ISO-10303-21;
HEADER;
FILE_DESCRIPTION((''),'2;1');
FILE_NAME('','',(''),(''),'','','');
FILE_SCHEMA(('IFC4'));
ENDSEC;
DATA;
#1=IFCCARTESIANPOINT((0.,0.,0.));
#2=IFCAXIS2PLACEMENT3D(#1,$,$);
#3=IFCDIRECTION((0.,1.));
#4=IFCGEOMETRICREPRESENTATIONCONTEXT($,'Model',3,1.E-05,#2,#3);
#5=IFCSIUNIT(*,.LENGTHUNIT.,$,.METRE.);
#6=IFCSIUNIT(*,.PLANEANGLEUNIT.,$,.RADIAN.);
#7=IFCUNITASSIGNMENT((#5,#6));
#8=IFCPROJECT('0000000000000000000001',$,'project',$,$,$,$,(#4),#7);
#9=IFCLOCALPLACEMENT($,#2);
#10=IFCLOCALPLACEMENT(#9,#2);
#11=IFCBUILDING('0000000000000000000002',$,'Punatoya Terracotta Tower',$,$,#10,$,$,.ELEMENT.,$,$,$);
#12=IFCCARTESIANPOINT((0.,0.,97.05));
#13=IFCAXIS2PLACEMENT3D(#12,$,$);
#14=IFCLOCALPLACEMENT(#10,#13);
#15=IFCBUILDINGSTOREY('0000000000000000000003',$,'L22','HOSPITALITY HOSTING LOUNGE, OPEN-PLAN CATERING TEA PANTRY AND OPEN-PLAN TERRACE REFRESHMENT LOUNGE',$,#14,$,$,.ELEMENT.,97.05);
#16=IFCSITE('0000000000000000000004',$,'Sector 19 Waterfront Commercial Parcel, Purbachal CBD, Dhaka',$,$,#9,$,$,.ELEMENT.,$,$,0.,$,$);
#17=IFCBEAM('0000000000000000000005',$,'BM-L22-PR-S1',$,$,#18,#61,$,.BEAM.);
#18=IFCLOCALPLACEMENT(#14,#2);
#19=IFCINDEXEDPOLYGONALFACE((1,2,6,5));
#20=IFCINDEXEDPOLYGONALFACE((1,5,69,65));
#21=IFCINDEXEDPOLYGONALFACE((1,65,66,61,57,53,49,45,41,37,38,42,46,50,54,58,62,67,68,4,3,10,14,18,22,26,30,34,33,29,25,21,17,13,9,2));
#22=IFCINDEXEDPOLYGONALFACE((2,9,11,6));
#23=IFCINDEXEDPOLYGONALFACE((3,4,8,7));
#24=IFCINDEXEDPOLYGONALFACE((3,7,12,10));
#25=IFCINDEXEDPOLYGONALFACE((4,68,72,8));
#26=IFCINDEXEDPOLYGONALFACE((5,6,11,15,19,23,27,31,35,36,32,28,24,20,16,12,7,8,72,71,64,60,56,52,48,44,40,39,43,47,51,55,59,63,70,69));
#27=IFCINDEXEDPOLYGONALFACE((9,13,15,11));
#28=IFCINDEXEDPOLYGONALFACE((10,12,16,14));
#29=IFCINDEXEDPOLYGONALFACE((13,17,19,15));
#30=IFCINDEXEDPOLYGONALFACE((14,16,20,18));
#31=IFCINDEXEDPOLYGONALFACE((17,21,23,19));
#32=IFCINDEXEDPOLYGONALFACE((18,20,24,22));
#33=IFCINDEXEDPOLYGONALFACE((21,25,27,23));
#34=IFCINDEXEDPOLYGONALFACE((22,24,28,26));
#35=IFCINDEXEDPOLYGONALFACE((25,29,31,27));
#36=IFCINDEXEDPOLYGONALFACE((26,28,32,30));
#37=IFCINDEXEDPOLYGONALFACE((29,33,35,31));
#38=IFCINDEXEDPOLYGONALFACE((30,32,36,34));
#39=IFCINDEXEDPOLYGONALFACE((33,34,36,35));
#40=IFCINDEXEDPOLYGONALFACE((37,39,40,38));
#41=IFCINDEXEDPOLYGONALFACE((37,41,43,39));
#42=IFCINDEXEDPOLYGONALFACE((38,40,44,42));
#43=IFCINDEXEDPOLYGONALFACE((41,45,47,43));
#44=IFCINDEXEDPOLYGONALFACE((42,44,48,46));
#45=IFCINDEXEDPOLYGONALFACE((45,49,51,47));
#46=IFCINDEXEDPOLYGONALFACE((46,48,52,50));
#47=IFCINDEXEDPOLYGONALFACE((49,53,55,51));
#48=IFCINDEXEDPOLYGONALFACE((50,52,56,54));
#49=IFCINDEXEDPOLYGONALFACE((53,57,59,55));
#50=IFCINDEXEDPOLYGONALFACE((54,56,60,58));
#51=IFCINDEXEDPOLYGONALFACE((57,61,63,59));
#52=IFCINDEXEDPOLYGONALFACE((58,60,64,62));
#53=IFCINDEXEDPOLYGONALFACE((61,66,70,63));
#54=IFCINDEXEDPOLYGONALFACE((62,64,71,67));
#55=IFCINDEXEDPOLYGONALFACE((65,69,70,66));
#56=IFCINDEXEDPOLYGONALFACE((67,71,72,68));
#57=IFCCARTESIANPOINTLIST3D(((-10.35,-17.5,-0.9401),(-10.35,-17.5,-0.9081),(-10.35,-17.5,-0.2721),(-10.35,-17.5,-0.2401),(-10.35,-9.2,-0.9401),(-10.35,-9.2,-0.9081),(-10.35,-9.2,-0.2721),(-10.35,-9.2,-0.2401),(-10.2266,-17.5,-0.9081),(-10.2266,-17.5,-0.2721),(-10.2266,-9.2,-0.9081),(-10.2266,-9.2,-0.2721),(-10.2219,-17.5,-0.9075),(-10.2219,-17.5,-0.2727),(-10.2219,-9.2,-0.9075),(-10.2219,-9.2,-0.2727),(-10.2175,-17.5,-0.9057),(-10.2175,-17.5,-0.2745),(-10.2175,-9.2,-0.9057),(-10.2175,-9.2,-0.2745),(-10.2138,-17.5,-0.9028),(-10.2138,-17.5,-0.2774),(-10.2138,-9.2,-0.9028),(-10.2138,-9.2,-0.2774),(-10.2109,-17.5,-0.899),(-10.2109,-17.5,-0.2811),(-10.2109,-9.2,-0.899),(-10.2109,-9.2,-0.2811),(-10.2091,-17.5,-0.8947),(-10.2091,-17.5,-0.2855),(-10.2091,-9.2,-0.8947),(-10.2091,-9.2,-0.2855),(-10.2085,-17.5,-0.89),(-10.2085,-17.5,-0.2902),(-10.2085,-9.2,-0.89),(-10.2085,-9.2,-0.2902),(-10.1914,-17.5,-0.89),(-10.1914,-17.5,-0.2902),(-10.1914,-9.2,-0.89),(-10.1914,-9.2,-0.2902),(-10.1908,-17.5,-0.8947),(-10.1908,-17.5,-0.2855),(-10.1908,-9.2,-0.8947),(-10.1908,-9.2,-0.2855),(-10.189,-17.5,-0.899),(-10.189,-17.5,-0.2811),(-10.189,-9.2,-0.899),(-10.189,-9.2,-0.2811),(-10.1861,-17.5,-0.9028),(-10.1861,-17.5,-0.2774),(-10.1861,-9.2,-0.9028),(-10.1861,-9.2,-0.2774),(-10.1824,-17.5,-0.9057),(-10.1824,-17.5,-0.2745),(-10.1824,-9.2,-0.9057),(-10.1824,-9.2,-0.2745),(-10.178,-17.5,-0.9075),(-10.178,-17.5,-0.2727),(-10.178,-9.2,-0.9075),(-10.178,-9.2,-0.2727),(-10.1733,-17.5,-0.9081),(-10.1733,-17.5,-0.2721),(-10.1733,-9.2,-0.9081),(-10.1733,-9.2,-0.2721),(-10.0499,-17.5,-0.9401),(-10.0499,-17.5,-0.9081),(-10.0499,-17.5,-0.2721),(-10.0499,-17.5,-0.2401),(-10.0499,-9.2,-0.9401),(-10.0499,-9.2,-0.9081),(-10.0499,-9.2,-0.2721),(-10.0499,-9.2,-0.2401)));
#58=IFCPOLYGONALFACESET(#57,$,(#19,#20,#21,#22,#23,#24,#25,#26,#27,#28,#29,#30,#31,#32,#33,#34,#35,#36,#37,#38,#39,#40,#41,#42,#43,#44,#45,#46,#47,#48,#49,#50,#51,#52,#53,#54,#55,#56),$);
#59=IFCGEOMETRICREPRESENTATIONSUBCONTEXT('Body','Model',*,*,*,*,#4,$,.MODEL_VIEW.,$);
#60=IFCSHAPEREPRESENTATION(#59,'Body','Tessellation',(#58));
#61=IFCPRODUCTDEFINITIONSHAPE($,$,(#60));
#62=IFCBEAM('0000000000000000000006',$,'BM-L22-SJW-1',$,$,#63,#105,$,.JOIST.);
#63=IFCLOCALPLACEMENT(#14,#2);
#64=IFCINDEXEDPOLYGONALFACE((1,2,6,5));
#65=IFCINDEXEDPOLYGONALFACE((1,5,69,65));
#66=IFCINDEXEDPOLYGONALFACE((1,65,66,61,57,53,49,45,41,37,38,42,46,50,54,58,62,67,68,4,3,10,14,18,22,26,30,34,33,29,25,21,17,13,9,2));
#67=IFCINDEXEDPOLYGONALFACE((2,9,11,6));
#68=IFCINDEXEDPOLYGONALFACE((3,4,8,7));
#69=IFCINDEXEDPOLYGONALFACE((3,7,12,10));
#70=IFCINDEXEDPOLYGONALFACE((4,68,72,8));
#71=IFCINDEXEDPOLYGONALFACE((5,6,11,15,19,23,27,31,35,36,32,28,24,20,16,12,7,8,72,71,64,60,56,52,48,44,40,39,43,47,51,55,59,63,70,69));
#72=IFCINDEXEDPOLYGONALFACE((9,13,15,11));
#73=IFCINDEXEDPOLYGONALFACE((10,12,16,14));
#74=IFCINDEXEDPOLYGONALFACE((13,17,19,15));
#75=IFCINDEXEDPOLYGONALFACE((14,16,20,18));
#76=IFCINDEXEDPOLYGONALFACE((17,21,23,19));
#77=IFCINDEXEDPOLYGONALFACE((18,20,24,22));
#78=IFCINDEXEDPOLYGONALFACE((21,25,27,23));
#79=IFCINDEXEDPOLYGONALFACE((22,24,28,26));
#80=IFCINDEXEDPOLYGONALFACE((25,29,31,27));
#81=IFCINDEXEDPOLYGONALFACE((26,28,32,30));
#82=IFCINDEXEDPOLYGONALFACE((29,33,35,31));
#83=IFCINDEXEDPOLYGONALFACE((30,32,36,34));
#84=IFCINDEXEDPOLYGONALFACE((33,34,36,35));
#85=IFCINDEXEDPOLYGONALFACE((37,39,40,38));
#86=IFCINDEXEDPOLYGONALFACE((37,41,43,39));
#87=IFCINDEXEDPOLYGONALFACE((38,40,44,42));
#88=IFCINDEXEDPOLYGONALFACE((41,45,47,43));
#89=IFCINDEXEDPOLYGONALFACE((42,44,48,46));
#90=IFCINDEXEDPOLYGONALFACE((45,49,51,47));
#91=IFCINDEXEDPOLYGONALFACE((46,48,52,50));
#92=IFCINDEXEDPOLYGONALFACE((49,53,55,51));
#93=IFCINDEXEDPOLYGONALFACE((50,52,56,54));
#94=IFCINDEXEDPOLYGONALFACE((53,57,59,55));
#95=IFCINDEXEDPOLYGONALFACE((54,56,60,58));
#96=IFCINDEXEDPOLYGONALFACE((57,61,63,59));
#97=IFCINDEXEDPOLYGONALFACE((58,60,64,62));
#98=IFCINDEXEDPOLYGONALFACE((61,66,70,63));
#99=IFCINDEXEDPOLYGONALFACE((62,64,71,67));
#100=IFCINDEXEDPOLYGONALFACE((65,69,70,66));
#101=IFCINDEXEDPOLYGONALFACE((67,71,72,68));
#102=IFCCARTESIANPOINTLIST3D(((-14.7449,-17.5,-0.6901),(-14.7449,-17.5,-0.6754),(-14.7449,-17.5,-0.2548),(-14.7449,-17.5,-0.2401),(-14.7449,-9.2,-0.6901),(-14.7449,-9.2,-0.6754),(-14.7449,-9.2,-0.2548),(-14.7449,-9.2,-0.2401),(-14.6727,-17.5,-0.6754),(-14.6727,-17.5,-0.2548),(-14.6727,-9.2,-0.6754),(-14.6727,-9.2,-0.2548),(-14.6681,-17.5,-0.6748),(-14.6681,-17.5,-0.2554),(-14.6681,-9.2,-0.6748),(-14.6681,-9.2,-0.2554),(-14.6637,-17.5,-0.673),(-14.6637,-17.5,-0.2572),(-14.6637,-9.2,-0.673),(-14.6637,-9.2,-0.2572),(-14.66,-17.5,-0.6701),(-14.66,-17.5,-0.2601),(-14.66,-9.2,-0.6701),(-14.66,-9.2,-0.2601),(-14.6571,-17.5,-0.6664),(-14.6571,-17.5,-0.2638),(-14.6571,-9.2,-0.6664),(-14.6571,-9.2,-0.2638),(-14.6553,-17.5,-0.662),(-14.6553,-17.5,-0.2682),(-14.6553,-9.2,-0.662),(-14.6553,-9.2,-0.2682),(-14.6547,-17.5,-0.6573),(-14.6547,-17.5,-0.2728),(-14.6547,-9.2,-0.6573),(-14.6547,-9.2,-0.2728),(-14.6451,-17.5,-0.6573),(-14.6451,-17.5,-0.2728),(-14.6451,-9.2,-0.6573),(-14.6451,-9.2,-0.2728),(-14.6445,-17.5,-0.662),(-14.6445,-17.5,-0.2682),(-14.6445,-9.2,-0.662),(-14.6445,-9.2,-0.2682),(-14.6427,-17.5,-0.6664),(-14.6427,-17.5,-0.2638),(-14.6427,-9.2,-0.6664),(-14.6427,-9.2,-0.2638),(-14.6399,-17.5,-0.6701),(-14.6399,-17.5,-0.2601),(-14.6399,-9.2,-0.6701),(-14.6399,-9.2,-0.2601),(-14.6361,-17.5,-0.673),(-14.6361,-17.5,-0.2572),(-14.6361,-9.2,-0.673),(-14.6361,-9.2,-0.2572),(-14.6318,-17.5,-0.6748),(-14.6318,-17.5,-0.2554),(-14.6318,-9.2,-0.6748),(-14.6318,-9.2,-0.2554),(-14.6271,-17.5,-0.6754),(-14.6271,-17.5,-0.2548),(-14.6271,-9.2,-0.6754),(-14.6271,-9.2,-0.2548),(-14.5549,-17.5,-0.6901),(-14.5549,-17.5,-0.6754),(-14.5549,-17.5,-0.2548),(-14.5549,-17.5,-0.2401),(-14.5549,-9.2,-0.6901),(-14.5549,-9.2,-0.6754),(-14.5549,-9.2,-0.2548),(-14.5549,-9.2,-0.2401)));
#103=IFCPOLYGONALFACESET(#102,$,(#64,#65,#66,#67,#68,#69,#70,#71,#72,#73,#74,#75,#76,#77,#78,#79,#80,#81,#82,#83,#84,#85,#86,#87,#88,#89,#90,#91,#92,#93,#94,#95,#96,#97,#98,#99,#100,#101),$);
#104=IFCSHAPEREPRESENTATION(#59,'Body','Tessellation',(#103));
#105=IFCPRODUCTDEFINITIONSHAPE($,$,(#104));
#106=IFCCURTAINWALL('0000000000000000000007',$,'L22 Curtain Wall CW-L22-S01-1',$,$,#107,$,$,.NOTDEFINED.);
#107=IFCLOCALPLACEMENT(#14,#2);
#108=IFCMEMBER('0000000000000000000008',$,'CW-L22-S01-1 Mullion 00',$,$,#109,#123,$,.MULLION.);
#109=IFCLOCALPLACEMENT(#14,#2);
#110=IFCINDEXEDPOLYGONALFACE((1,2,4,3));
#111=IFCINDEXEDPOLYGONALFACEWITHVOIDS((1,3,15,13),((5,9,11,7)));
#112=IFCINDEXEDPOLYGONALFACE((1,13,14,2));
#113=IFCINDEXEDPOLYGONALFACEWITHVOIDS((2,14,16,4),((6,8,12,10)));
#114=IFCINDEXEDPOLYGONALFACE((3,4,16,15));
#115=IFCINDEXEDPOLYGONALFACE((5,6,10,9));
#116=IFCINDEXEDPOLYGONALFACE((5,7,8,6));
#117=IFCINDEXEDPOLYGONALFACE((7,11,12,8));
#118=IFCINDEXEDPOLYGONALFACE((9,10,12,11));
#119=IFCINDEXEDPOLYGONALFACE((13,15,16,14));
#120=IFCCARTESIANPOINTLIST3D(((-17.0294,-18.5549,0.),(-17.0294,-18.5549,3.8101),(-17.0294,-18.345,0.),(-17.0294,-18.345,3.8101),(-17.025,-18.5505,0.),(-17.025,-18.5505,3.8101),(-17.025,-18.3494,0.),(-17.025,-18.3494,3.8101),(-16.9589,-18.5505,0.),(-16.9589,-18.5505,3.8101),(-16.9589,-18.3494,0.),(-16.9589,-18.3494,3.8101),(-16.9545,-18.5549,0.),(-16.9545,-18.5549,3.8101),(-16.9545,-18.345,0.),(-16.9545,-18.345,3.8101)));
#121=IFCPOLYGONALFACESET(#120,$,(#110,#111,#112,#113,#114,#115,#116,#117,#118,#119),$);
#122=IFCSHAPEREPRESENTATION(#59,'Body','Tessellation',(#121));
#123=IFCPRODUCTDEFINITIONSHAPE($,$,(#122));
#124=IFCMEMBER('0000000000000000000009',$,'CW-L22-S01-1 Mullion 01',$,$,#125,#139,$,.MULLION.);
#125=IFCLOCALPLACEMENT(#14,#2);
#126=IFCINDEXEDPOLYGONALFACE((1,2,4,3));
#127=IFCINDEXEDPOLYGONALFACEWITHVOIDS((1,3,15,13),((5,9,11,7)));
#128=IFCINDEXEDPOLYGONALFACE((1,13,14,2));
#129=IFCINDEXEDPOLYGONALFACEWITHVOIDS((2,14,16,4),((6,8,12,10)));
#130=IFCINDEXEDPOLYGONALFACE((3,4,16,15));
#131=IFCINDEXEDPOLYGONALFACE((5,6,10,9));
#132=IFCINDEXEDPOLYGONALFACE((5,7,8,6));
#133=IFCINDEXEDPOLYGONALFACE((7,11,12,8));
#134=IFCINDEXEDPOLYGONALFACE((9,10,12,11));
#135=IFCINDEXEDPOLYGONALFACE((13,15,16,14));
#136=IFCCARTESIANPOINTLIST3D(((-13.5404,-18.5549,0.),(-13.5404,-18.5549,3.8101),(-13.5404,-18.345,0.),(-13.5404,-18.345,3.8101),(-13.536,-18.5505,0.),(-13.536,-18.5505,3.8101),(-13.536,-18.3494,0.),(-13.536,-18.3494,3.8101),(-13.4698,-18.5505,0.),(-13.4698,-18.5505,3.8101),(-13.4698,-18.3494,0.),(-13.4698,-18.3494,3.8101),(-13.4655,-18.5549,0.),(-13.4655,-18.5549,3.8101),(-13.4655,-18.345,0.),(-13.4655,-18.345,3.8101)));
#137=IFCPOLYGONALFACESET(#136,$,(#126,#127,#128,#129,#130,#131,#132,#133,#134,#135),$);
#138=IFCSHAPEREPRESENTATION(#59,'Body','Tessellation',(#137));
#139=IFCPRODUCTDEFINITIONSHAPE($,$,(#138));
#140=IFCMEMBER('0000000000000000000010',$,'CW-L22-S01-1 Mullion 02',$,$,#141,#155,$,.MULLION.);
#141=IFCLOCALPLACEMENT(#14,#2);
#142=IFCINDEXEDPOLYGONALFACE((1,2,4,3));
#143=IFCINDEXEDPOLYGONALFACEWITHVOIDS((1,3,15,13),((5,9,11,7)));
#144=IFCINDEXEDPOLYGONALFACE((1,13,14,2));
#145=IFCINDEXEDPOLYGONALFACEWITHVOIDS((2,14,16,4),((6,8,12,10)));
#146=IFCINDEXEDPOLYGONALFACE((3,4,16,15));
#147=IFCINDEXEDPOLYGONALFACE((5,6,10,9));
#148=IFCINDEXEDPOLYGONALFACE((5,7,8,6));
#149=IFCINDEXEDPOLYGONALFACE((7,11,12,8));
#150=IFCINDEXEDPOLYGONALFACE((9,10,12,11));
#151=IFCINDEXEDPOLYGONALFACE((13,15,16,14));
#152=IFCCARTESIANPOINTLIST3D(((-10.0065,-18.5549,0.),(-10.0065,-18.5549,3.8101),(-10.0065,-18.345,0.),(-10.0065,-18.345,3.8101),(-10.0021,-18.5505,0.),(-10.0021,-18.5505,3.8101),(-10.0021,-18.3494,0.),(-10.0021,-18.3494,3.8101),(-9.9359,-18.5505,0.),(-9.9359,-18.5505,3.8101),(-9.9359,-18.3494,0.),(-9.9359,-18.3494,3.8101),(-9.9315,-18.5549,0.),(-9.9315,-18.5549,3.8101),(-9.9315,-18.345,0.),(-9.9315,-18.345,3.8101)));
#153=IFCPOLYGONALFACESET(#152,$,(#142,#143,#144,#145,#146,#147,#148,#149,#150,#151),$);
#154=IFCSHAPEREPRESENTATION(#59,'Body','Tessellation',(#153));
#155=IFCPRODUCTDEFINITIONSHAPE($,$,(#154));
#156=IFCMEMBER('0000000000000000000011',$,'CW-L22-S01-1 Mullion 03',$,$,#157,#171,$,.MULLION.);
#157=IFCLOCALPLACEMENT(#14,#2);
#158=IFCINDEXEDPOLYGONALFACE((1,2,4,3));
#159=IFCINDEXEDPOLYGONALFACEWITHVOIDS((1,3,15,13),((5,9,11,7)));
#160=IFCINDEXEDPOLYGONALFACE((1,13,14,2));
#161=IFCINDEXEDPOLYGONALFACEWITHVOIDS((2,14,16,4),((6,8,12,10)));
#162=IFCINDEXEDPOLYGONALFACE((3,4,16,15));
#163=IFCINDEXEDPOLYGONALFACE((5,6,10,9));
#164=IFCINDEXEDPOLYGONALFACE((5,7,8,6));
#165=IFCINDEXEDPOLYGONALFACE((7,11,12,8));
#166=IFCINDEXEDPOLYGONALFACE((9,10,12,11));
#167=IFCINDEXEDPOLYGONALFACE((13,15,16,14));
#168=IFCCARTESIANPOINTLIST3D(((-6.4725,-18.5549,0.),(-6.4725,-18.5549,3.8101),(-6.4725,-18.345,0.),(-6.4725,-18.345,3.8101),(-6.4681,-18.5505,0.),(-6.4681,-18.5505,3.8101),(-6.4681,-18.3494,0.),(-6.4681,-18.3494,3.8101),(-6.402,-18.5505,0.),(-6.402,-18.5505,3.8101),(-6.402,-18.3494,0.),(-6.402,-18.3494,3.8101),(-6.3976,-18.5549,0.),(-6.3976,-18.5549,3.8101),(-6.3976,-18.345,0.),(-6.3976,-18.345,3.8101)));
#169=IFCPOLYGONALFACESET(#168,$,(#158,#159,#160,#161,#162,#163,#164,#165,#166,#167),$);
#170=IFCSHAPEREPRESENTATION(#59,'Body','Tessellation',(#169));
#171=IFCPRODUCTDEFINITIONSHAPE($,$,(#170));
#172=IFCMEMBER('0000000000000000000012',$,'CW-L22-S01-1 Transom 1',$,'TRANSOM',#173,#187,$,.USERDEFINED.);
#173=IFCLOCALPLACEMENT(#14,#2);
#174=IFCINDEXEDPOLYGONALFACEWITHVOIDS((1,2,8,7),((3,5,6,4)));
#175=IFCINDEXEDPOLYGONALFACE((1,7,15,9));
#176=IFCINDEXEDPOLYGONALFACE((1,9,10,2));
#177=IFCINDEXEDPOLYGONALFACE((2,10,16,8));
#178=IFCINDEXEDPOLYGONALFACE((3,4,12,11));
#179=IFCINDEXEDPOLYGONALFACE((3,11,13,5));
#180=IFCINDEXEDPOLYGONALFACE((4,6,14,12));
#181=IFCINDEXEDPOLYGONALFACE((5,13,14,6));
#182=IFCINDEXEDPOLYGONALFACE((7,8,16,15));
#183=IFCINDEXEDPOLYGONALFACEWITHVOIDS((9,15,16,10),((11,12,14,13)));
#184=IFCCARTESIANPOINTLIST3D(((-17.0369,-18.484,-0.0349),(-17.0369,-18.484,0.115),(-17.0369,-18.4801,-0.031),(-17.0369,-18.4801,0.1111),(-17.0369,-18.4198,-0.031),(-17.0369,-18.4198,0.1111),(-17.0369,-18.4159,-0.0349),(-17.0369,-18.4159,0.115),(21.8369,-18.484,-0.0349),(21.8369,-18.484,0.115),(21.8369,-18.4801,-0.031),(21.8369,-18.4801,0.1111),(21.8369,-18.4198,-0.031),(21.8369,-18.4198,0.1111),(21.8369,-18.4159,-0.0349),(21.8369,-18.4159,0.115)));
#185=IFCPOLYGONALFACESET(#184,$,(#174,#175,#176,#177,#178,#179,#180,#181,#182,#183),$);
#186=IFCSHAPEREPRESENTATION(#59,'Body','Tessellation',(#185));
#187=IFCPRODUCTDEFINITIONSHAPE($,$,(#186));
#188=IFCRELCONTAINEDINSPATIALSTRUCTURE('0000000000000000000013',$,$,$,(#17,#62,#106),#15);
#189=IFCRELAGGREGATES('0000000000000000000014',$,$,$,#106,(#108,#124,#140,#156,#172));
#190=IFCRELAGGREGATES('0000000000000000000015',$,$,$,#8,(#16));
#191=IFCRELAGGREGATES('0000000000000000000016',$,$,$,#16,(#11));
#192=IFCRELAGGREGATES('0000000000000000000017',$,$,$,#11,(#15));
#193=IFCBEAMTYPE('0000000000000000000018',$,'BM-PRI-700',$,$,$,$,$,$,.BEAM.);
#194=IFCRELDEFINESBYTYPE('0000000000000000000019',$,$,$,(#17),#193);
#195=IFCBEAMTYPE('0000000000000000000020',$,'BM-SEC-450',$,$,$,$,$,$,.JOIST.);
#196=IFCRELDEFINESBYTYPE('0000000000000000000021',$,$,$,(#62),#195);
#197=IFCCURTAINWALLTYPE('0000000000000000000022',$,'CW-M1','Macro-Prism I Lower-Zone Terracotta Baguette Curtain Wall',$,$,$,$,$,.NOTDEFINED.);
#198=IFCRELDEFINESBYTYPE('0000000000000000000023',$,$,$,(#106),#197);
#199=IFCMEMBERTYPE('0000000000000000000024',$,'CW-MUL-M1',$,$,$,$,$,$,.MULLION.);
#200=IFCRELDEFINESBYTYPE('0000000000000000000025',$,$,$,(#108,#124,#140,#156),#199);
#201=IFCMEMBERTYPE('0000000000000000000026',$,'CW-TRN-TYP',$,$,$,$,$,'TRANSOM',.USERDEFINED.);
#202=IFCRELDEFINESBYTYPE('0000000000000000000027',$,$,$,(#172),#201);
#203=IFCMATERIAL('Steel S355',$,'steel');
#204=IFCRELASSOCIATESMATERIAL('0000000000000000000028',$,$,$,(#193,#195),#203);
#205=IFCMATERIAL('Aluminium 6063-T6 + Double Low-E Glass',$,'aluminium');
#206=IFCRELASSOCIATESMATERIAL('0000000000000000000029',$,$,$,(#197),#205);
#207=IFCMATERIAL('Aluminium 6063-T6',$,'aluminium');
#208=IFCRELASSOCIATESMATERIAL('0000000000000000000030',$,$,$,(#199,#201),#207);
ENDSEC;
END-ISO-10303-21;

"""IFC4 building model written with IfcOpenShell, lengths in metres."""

from ifc_helpers import new_model, si_unit, direction, frame, origin, origin_2d, place, context, subcontext, project, spatial, hollow_rectangle, i_section, extrude, material, material_profile, profile_set, type_object, element, aggregate, save


model = new_model("IFC4")

# Units and contexts
model_context = context("Model", 3, precision=1e-05, world=origin(), true_north=direction((0.0, 1.0)))
body_context = subcontext(model_context, "Body", "Model", "MODEL_VIEW")
ifc_project = project(units=[si_unit("LENGTHUNIT", "METRE"), si_unit("PLANEANGLEUNIT", "RADIAN")], contexts=[model_context])

# Site, building, storey
site_placement = place(None, origin())
site = spatial("IfcSite", under=ifc_project, at=site_placement, Name="Sector 19 Waterfront Commercial Parcel, Purbachal CBD, Dhaka", CompositionType="ELEMENT", RefElevation=0.0)
building_placement = place(site_placement, origin())
building = spatial("IfcBuilding", under=site, at=building_placement, Name="Punatoya Terracotta Tower", CompositionType="ELEMENT")
storey_placement = place(building_placement, frame((0.0, 0.0, 97.05)))
storey = spatial("IfcBuildingStorey", under=building, at=storey_placement, Name="L22", Description="HOSPITALITY HOSTING LOUNGE, OPEN-PLAN CATERING TEA PANTRY AND OPEN-PLAN TERRACE REFRESHMENT LOUNGE", CompositionType="ELEMENT", Elevation=97.05)

# Beams
ifc_material_1 = material(Name="Steel S355", Category="steel")
ifc_material_profile_1 = material_profile(ifc_material_1, i_section(OverallWidth=0.3, OverallDepth=0.7, WebThickness=0.0171, FlangeThickness=0.032, FilletRadius=0.0181, at=origin_2d()))
ifc_profile_set_1 = profile_set([ifc_material_profile_1], Name="Steel S355")
beam_type_1 = type_object("IfcBeamType", Name="BM-PRI-700", PredefinedType="BEAM", material=ifc_profile_set_1)
beam_1_placement = place(storey_placement, frame((-10.2, -17.5, -0.5901), z_axis=(0.0, 1.0, 0.0), x_axis=(-1.0, 0.0, 0.0)))
element("IfcBeam", 1, at=beam_1_placement, inside=storey, type_object=beam_type_1, Name="BM-L22-PR-S1", PredefinedType="BEAM", context=body_context, shape_type="SweptSolid", body=[
    extrude(i_section(OverallWidth=0.3, OverallDepth=0.7, WebThickness=0.0171, FlangeThickness=0.032, FilletRadius=0.0181, at=origin_2d()), origin(), (0.0, 0.0, 1.0), 8.3),
])
ifc_material_profile_2 = material_profile(ifc_material_1, i_section(OverallWidth=0.1899, OverallDepth=0.45, WebThickness=0.0095, FlangeThickness=0.0146, FilletRadius=0.0181, at=origin_2d()))
ifc_profile_set_2 = profile_set([ifc_material_profile_2], Name="Steel S355")
beam_type_2 = type_object("IfcBeamType", Name="BM-SEC-450", PredefinedType="JOIST", material=ifc_profile_set_2)
beam_2_placement = place(storey_placement, frame((-14.6499, -17.5, -0.4651), z_axis=(0.0, 1.0, 0.0), x_axis=(-1.0, 0.0, 0.0)))
element("IfcBeam", 2, at=beam_2_placement, inside=storey, type_object=beam_type_2, Name="BM-L22-SJW-1", PredefinedType="JOIST", context=body_context, shape_type="SweptSolid", body=[
    extrude(i_section(OverallWidth=0.1899, OverallDepth=0.45, WebThickness=0.0095, FlangeThickness=0.0146, FilletRadius=0.0181, at=origin_2d()), origin(), (0.0, 0.0, 1.0), 8.3),
])

# Curtain wall, members
ifc_material_2 = material(Name="Aluminium 6063-T6 + Double Low-E Glass", Category="aluminium")
curtain_wall_type = type_object("IfcCurtainWallType", Name="CW-M1", Description="Macro-Prism I Lower-Zone Terracotta Baguette Curtain Wall", PredefinedType="NOTDEFINED", material=ifc_material_2)
curtain_wall_placement = place(storey_placement, origin())
curtain_wall = element("IfcCurtainWall", 3, at=curtain_wall_placement, inside=storey, type_object=curtain_wall_type, Name="L22 Curtain Wall CW-L22-S01-1", PredefinedType="NOTDEFINED")
ifc_material_3 = material(Name="Aluminium 6063-T6", Category="aluminium")
ifc_material_profile_3 = material_profile(ifc_material_3, hollow_rectangle(XDim=0.075, YDim=0.21, WallThickness=0.0044, at=origin_2d()))
ifc_profile_set_3 = profile_set([ifc_material_profile_3], Name="Aluminium 6063-T6")
member_type_1 = type_object("IfcMemberType", Name="CW-MUL-M1", PredefinedType="MULLION", material=ifc_profile_set_3)
member_1_placement = place(storey_placement, frame((-16.9919, -18.45, 0.0), z_axis=(0.0, 0.0, 1.0), x_axis=(1.0, 0.0, 0.0)))
member_1 = element("IfcMember", 4, at=member_1_placement, type_object=member_type_1, Name="CW-L22-S01-1 Mullion 00", PredefinedType="MULLION", context=body_context, shape_type="SweptSolid", body=[
    extrude(hollow_rectangle(XDim=0.075, YDim=0.21, WallThickness=0.0044, at=origin_2d()), origin(), (0.0, 0.0, 1.0), 3.8101),
])
member_2_placement = place(storey_placement, frame((-13.5029, -18.45, 0.0), z_axis=(0.0, 0.0, 1.0), x_axis=(1.0, 0.0, 0.0)))
member_2 = element("IfcMember", 5, at=member_2_placement, type_object=member_type_1, Name="CW-L22-S01-1 Mullion 01", PredefinedType="MULLION", context=body_context, shape_type="SweptSolid", body=[
    extrude(hollow_rectangle(XDim=0.075, YDim=0.21, WallThickness=0.0044, at=origin_2d()), origin(), (0.0, 0.0, 1.0), 3.8101),
])
member_3_placement = place(storey_placement, frame((-9.969, -18.45, 0.0), z_axis=(0.0, 0.0, 1.0), x_axis=(1.0, 0.0, 0.0)))
member_3 = element("IfcMember", 6, at=member_3_placement, type_object=member_type_1, Name="CW-L22-S01-1 Mullion 02", PredefinedType="MULLION", context=body_context, shape_type="SweptSolid", body=[
    extrude(hollow_rectangle(XDim=0.075, YDim=0.21, WallThickness=0.0044, at=origin_2d()), origin(), (0.0, 0.0, 1.0), 3.8101),
])
member_4_placement = place(storey_placement, frame((-6.4351, -18.45, 0.0), z_axis=(0.0, 0.0, 1.0), x_axis=(1.0, 0.0, 0.0)))
member_4 = element("IfcMember", 7, at=member_4_placement, type_object=member_type_1, Name="CW-L22-S01-1 Mullion 03", PredefinedType="MULLION", context=body_context, shape_type="SweptSolid", body=[
    extrude(hollow_rectangle(XDim=0.075, YDim=0.21, WallThickness=0.0044, at=origin_2d()), origin(), (0.0, 0.0, 1.0), 3.8101),
])
ifc_material_profile_4 = material_profile(ifc_material_3, hollow_rectangle(XDim=0.0681, YDim=0.1499, WallThickness=0.0039, at=origin_2d()))
ifc_profile_set_4 = profile_set([ifc_material_profile_4], Name="Aluminium 6063-T6")
member_type_2 = type_object("IfcMemberType", Name="CW-TRN-TYP", ElementType="TRANSOM", PredefinedType="USERDEFINED", material=ifc_profile_set_4)
member_5_placement = place(storey_placement, frame((-17.0369, -18.45, 0.04), z_axis=(1.0, 0.0, 0.0), x_axis=(0.0, 1.0, 0.0)))
member_5 = element("IfcMember", 8, at=member_5_placement, type_object=member_type_2, Name="CW-L22-S01-1 Transom 1", ObjectType="TRANSOM", PredefinedType="USERDEFINED", context=body_context, shape_type="SweptSolid", body=[
    extrude(hollow_rectangle(XDim=0.0681, YDim=0.1499, WallThickness=0.0039, at=origin_2d()), origin(), (0.0, 0.0, 1.0), 38.8738),
])
aggregate(curtain_wall, [member_1, member_2, member_3, member_4, member_5])

save(model, "model.ifc")
